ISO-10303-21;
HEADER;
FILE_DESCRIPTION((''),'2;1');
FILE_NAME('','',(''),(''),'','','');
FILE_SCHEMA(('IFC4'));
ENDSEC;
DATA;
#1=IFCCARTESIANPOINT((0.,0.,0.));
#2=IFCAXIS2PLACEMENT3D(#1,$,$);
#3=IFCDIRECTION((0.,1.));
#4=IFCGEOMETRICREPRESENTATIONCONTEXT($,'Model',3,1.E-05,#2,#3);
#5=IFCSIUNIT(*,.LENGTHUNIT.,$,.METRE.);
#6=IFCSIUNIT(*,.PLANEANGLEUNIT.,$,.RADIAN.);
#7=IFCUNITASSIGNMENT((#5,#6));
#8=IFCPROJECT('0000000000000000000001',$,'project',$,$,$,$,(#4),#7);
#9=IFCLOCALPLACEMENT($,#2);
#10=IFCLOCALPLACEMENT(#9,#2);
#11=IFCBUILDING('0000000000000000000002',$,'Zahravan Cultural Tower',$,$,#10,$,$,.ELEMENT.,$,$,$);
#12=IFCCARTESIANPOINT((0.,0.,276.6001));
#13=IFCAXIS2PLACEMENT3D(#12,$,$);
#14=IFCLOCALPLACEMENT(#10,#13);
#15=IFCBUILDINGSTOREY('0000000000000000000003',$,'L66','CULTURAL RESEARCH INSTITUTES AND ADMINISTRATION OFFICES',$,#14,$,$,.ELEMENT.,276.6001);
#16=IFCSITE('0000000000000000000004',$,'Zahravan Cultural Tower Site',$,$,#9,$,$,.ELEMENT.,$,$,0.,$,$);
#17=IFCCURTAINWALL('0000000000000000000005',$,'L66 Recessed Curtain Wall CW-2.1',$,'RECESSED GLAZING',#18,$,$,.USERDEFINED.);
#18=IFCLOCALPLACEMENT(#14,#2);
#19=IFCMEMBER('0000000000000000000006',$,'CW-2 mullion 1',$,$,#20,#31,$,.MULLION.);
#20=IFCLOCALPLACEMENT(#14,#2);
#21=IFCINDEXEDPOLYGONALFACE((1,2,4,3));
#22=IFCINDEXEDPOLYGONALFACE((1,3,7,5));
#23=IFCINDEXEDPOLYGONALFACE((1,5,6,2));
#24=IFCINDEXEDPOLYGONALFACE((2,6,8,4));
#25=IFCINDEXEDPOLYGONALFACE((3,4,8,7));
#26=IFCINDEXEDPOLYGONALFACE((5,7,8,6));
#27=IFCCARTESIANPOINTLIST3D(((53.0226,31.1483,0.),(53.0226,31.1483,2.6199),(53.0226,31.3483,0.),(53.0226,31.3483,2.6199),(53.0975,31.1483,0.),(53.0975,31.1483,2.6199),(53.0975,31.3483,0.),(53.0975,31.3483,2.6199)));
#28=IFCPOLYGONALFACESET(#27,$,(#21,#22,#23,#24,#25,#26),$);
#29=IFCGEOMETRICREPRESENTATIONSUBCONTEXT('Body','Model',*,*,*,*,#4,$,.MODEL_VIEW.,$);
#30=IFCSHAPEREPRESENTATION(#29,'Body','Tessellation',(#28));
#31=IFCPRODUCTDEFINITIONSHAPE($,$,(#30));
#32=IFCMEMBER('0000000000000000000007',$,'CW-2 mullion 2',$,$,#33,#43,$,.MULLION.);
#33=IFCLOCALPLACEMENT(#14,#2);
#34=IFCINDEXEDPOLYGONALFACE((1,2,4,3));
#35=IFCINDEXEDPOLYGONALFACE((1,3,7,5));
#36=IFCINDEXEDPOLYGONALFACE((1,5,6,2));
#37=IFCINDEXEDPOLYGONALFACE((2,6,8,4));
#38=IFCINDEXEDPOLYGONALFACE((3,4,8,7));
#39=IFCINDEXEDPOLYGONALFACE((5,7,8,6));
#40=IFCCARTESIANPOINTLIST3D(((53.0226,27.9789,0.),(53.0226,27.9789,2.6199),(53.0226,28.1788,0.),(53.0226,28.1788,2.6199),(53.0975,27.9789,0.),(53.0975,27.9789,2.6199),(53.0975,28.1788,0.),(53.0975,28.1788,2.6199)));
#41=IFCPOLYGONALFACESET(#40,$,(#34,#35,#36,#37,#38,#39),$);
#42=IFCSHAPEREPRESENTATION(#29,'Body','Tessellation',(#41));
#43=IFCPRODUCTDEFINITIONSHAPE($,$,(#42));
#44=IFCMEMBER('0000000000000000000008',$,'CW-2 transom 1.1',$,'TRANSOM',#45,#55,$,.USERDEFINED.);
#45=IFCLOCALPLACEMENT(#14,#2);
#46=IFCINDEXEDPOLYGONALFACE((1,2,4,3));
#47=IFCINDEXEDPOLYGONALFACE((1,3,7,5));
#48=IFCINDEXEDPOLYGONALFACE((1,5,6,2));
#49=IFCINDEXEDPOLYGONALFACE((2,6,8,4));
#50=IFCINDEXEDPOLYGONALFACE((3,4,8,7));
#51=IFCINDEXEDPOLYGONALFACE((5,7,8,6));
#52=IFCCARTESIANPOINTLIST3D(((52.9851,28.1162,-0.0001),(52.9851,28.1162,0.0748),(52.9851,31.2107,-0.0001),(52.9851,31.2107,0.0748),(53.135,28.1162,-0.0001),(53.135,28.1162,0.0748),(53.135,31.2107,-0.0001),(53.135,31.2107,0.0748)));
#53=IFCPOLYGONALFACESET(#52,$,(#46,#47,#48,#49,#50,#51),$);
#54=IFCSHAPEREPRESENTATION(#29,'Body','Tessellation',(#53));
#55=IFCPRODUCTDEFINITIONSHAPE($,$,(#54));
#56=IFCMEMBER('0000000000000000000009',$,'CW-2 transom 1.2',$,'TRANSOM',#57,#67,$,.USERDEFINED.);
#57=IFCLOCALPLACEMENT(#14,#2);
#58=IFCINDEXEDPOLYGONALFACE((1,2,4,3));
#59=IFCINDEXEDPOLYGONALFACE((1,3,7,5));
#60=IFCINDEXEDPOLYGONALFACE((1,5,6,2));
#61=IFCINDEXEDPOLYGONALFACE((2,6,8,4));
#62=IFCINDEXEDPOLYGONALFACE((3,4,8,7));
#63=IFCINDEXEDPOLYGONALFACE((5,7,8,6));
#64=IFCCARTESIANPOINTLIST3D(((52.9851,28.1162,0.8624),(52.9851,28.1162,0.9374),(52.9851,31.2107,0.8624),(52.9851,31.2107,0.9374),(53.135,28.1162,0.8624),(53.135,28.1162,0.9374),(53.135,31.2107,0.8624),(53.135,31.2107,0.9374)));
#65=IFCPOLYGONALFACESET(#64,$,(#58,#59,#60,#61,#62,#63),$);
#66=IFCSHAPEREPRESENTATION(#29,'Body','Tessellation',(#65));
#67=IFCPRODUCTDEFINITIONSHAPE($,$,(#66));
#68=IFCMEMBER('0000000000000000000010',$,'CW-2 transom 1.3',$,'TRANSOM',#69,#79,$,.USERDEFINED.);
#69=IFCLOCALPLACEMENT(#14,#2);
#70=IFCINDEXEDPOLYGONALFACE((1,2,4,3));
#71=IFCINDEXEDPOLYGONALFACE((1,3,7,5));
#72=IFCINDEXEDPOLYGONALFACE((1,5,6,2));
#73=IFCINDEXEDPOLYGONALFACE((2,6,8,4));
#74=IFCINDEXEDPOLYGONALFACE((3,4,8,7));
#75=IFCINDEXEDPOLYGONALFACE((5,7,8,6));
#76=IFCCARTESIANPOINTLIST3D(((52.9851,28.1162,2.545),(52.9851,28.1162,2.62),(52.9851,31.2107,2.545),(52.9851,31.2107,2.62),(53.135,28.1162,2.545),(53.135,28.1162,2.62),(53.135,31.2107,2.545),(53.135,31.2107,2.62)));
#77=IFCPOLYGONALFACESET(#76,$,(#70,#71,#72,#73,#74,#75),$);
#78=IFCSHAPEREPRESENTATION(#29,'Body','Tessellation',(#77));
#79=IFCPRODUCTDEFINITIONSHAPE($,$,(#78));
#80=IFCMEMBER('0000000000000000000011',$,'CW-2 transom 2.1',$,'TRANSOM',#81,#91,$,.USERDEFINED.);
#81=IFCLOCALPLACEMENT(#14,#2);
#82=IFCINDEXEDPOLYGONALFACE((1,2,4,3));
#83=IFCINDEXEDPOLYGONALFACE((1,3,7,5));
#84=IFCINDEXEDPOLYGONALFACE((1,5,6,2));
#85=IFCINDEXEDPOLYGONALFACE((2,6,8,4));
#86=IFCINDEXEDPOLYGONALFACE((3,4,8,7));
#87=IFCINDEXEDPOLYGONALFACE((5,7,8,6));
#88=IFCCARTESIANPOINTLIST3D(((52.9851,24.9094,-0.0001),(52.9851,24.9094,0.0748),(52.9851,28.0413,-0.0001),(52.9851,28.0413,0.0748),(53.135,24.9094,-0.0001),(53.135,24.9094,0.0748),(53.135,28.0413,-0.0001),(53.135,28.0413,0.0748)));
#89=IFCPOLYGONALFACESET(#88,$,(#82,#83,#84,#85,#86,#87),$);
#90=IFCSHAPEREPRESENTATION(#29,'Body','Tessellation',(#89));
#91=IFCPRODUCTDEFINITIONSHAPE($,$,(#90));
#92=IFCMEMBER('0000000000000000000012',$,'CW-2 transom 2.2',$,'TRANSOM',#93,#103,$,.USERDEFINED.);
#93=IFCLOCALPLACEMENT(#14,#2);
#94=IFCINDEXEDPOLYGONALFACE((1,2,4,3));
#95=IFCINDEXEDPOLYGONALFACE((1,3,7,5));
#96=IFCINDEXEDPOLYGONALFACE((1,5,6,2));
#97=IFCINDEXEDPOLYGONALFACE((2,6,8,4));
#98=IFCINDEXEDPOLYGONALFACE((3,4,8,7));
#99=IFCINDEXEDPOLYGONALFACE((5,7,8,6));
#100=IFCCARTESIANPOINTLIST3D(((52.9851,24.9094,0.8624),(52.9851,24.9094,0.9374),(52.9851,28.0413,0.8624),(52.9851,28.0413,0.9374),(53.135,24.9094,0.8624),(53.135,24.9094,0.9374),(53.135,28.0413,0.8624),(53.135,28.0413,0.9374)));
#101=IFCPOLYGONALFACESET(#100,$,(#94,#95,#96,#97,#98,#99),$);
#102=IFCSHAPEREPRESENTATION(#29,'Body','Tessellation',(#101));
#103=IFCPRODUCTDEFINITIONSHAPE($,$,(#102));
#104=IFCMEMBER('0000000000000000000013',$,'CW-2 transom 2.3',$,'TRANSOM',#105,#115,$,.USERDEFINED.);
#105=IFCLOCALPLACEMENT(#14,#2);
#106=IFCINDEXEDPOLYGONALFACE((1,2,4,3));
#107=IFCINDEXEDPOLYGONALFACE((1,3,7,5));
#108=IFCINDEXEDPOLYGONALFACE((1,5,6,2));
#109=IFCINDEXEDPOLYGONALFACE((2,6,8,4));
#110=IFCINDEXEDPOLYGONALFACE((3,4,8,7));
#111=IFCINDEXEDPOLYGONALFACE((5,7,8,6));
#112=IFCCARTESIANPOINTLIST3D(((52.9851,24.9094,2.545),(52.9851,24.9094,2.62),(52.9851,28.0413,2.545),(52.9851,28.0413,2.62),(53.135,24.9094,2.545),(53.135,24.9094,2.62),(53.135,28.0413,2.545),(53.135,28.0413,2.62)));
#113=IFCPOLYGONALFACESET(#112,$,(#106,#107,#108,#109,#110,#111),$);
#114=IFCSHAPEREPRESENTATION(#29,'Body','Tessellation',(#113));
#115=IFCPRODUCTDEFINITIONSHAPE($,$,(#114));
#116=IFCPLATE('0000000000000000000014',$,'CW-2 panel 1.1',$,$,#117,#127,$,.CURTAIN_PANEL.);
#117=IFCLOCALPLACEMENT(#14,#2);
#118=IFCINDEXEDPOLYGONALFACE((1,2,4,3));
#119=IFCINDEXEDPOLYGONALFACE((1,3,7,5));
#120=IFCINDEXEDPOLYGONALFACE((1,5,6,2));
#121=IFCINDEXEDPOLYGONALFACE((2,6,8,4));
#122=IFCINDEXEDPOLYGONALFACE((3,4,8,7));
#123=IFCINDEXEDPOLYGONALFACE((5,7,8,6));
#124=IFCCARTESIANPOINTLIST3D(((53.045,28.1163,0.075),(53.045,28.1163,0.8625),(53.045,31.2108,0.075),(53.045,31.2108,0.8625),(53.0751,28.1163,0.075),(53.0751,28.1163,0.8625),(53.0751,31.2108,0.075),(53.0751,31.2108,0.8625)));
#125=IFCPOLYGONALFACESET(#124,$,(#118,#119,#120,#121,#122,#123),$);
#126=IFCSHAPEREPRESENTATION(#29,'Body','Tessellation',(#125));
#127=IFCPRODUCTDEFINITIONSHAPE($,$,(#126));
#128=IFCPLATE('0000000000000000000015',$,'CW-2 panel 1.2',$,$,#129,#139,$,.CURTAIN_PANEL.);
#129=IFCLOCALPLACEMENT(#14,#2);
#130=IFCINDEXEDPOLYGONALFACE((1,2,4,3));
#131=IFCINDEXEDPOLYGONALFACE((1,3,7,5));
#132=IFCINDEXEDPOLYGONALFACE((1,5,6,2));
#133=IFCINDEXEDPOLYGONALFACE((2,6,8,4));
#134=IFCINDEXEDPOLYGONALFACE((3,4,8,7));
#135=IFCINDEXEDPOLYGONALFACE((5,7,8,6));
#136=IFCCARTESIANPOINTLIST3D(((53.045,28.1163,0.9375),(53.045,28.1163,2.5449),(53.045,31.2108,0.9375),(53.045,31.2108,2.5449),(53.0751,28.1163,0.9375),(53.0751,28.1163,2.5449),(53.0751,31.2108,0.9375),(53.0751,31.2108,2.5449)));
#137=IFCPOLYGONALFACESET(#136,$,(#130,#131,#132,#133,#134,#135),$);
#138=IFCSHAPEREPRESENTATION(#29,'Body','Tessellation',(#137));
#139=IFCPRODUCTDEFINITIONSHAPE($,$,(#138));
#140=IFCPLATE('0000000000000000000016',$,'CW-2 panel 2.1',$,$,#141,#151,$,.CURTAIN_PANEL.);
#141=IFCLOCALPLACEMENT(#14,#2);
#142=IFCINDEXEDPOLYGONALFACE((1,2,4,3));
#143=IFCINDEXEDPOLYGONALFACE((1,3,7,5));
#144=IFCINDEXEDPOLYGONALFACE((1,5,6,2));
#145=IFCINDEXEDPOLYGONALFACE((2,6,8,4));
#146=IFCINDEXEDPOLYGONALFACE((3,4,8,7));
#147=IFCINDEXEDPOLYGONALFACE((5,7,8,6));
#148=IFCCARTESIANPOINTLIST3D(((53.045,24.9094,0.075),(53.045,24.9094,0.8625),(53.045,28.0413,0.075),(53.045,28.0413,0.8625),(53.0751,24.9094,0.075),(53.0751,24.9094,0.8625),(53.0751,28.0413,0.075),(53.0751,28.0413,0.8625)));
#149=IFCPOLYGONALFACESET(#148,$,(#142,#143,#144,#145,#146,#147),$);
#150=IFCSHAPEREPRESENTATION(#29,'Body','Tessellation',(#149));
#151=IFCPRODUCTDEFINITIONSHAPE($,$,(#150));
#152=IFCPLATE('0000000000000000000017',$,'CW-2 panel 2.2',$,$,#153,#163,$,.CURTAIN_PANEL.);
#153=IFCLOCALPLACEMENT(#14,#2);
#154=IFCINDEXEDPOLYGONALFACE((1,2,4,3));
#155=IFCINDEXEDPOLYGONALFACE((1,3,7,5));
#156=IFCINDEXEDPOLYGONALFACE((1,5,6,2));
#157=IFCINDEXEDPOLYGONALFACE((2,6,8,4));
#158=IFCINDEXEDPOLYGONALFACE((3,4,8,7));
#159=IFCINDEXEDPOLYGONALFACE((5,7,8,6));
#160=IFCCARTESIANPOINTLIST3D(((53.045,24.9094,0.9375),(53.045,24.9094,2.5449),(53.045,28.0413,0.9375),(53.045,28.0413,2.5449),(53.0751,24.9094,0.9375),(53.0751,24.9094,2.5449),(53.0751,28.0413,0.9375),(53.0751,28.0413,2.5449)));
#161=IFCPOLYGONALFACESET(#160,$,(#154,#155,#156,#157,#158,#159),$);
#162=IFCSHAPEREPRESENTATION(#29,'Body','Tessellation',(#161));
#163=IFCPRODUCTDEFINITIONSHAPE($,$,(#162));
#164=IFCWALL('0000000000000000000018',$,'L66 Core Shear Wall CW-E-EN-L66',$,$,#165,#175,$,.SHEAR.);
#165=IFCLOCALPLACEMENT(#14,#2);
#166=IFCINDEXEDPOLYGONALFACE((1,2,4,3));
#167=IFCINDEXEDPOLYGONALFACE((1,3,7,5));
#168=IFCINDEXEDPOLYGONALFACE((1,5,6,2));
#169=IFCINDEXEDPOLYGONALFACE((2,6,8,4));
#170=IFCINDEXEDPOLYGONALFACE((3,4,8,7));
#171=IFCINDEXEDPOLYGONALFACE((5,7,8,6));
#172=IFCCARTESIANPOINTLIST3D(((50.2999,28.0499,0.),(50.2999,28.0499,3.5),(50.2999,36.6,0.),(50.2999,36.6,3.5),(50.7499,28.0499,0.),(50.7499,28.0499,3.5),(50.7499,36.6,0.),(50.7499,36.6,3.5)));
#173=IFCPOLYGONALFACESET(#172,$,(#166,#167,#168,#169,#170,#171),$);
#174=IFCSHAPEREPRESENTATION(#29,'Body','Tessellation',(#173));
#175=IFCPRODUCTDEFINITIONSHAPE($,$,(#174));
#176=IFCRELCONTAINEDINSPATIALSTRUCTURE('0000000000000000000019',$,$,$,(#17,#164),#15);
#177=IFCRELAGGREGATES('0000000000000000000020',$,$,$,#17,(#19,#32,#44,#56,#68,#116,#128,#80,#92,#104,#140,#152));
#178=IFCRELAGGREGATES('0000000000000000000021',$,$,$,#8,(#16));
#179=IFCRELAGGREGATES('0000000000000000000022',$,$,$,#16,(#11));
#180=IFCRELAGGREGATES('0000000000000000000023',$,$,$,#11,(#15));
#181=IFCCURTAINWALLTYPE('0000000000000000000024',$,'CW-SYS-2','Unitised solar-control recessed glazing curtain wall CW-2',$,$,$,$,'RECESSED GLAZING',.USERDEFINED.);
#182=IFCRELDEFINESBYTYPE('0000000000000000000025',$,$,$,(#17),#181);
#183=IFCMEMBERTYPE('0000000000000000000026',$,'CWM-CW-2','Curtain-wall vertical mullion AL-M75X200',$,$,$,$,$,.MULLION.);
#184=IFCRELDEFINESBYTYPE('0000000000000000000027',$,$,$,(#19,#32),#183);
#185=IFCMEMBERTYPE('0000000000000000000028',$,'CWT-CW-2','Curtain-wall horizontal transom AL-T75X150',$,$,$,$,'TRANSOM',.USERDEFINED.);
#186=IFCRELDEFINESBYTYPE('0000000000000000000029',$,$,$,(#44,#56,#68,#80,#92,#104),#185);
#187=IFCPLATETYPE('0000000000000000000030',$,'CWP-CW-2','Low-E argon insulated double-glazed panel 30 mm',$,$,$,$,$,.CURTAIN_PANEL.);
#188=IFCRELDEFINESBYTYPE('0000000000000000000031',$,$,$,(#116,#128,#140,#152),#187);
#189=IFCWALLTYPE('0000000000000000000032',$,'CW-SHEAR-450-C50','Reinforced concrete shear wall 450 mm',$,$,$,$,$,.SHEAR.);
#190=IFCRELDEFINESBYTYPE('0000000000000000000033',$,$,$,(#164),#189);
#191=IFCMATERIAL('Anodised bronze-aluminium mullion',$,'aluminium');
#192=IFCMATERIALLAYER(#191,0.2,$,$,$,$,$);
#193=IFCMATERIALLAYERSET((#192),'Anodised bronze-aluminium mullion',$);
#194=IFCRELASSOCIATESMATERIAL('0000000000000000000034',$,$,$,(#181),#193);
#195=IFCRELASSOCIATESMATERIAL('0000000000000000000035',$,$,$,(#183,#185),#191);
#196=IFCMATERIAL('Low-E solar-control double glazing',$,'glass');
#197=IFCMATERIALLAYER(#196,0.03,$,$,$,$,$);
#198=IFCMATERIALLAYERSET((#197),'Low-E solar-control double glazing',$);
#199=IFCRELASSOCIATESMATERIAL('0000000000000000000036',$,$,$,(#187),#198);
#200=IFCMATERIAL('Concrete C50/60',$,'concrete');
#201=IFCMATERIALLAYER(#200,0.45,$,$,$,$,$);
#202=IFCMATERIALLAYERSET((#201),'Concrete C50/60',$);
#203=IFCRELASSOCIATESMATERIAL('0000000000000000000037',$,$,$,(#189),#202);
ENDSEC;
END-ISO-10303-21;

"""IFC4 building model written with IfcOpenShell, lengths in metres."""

from ifc_helpers import new_model, si_unit, direction, frame, frame_2d, origin, origin_2d, place, context, subcontext, project, spatial, rectangle, extrude, source, transform, mapped, material, layer, layer_set, material_profile, profile_set, type_object, element, aggregate, save


model = new_model("IFC4")

# Units and contexts
model_context = context("Model", 3, precision=1e-05, world=origin(), true_north=direction((0.0, 1.0)))
body_context = subcontext(model_context, "Body", "Model", "MODEL_VIEW")
ifc_project = project(units=[si_unit("LENGTHUNIT", "METRE"), si_unit("PLANEANGLEUNIT", "RADIAN")], contexts=[model_context])

# Site, building, storey
site_placement = place(None, origin())
site = spatial("IfcSite", under=ifc_project, at=site_placement, Name="Zahravan Cultural Tower Site", CompositionType="ELEMENT", RefElevation=0.0)
building_placement = place(site_placement, origin())
building = spatial("IfcBuilding", under=site, at=building_placement, Name="Zahravan Cultural Tower", CompositionType="ELEMENT")
storey_placement = place(building_placement, frame((0.0, 0.0, 276.6001)))
storey = spatial("IfcBuildingStorey", under=building, at=storey_placement, Name="L66", Description="CULTURAL RESEARCH INSTITUTES AND ADMINISTRATION OFFICES", CompositionType="ELEMENT", Elevation=276.6001)

# Curtain wall, members, plates
ifc_material_1 = material(Name="Anodised bronze-aluminium mullion", Category="aluminium")
ifc_layer_1 = layer(ifc_material_1, 0.2)
ifc_layer_set_1 = layer_set([ifc_layer_1], Name="Anodised bronze-aluminium mullion")
curtain_wall_type = type_object("IfcCurtainWallType", Name="CW-SYS-2", Description="Unitised solar-control recessed glazing curtain wall CW-2", ElementType="RECESSED GLAZING", PredefinedType="USERDEFINED", material=ifc_layer_set_1)
curtain_wall_placement = place(storey_placement, origin())
curtain_wall = element("IfcCurtainWall", 1, at=curtain_wall_placement, inside=storey, type_object=curtain_wall_type, Name="L66 Recessed Curtain Wall CW-2.1", ObjectType="RECESSED GLAZING", PredefinedType="USERDEFINED")
ifc_material_profile_1 = material_profile(ifc_material_1, rectangle(XDim=0.075, YDim=0.2, at=origin_2d()), Name="AL-M75X200")
ifc_profile_set_1 = profile_set([ifc_material_profile_1], Name="Anodised bronze-aluminium mullion")
member_type_1 = type_object("IfcMemberType", Name="CWM-CW-2", Description="Curtain-wall vertical mullion AL-M75X200", PredefinedType="MULLION", material=ifc_profile_set_1)
shared_shape_1 = source(origin(), body_context, "Body", "SweptSolid", [
    extrude(rectangle(XDim=0.075, YDim=0.2, at=origin_2d()), origin(), (0.0, 0.0, 1.0), 2.6199),
])
member_1_placement = place(storey_placement, frame((53.0601, 31.2483, 0.0), z_axis=(0.0, 0.0, 1.0), x_axis=(1.0, 0.0, 0.0)))
member_1 = element("IfcMember", 2, at=member_1_placement, type_object=member_type_1, Name="CW-2 mullion 1", PredefinedType="MULLION", context=body_context, shape_type="MappedRepresentation", body=[
    mapped(shared_shape_1, transform((0.0, 0.0, 0.0), x_axis=(1.0, 0.0, 0.0), y_axis=(0.0, 1.0, 0.0), z_axis=(0.0, 0.0, 1.0), scale=1.0)),
])
member_2_placement = place(storey_placement, frame((53.0601, 28.0789, 0.0), z_axis=(0.0, 0.0, 1.0), x_axis=(1.0, 0.0, 0.0)))
member_2 = element("IfcMember", 3, at=member_2_placement, type_object=member_type_1, Name="CW-2 mullion 2", PredefinedType="MULLION", context=body_context, shape_type="MappedRepresentation", body=[
    mapped(shared_shape_1, transform((0.0, 0.0, 0.0), x_axis=(1.0, 0.0, 0.0), y_axis=(0.0, 1.0, 0.0), z_axis=(0.0, 0.0, 1.0), scale=1.0)),
])
ifc_material_profile_2 = material_profile(ifc_material_1, rectangle(XDim=0.1499, YDim=0.075, at=origin_2d()), Name="AL-T75X150")
ifc_profile_set_2 = profile_set([ifc_material_profile_2], Name="Anodised bronze-aluminium mullion")
member_type_2 = type_object("IfcMemberType", Name="CWT-CW-2", Description="Curtain-wall horizontal transom AL-T75X150", ElementType="TRANSOM", PredefinedType="USERDEFINED", material=ifc_profile_set_2)
shared_shape_2 = source(origin(), body_context, "Body", "SweptSolid", [
    extrude(rectangle(XDim=0.1499, YDim=0.075, at=origin_2d()), origin(), (0.0, 0.0, 1.0), 3.0945),
])
member_3_placement = place(storey_placement, frame((53.0601, 31.2107, 0.0374), z_axis=(0.0, -1.0, 0.0), x_axis=(1.0, 0.0, 0.0)))
member_3 = element("IfcMember", 4, at=member_3_placement, type_object=member_type_2, Name="CW-2 transom 1.1", ObjectType="TRANSOM", PredefinedType="USERDEFINED", context=body_context, shape_type="MappedRepresentation", body=[
    mapped(shared_shape_2, transform((0.0, 0.0, 0.0), x_axis=(1.0, 0.0, 0.0), y_axis=(0.0, 1.0, 0.0), z_axis=(0.0, 0.0, 1.0), scale=1.0)),
])
member_4_placement = place(storey_placement, frame((53.0601, 31.2107, 0.8999), z_axis=(0.0, -1.0, 0.0), x_axis=(1.0, 0.0, 0.0)))
member_4 = element("IfcMember", 5, at=member_4_placement, type_object=member_type_2, Name="CW-2 transom 1.2", ObjectType="TRANSOM", PredefinedType="USERDEFINED", context=body_context, shape_type="MappedRepresentation", body=[
    mapped(shared_shape_2, transform((0.0, 0.0, 0.0), x_axis=(1.0, 0.0, 0.0), y_axis=(0.0, 1.0, 0.0), z_axis=(0.0, 0.0, 1.0), scale=1.0)),
])
member_5_placement = place(storey_placement, frame((53.0601, 31.2107, 2.5825), z_axis=(0.0, -1.0, 0.0), x_axis=(1.0, 0.0, 0.0)))
member_5 = element("IfcMember", 6, at=member_5_placement, type_object=member_type_2, Name="CW-2 transom 1.3", ObjectType="TRANSOM", PredefinedType="USERDEFINED", context=body_context, shape_type="MappedRepresentation", body=[
    mapped(shared_shape_2, transform((0.0, 0.0, 0.0), x_axis=(1.0, 0.0, 0.0), y_axis=(0.0, 1.0, 0.0), z_axis=(0.0, 0.0, 1.0), scale=1.0)),
])
shared_shape_3 = source(origin(), body_context, "Body", "SweptSolid", [
    extrude(rectangle(XDim=0.1499, YDim=0.075, at=origin_2d()), origin(), (0.0, 0.0, 1.0), 3.1318),
])
member_6_placement = place(storey_placement, frame((53.0601, 28.0413, 0.0374), z_axis=(0.0, -1.0, 0.0), x_axis=(1.0, 0.0, 0.0)))
member_6 = element("IfcMember", 7, at=member_6_placement, type_object=member_type_2, Name="CW-2 transom 2.1", ObjectType="TRANSOM", PredefinedType="USERDEFINED", context=body_context, shape_type="MappedRepresentation", body=[
    mapped(shared_shape_3, transform((0.0, 0.0, 0.0), x_axis=(1.0, 0.0, 0.0), y_axis=(0.0, 1.0, 0.0), z_axis=(0.0, 0.0, 1.0), scale=1.0)),
])
member_7_placement = place(storey_placement, frame((53.0601, 28.0413, 0.8999), z_axis=(0.0, -1.0, 0.0), x_axis=(1.0, 0.0, 0.0)))
member_7 = element("IfcMember", 8, at=member_7_placement, type_object=member_type_2, Name="CW-2 transom 2.2", ObjectType="TRANSOM", PredefinedType="USERDEFINED", context=body_context, shape_type="MappedRepresentation", body=[
    mapped(shared_shape_3, transform((0.0, 0.0, 0.0), x_axis=(1.0, 0.0, 0.0), y_axis=(0.0, 1.0, 0.0), z_axis=(0.0, 0.0, 1.0), scale=1.0)),
])
member_8_placement = place(storey_placement, frame((53.0601, 28.0413, 2.5825), z_axis=(0.0, -1.0, 0.0), x_axis=(1.0, 0.0, 0.0)))
member_8 = element("IfcMember", 9, at=member_8_placement, type_object=member_type_2, Name="CW-2 transom 2.3", ObjectType="TRANSOM", PredefinedType="USERDEFINED", context=body_context, shape_type="MappedRepresentation", body=[
    mapped(shared_shape_3, transform((0.0, 0.0, 0.0), x_axis=(1.0, 0.0, 0.0), y_axis=(0.0, 1.0, 0.0), z_axis=(0.0, 0.0, 1.0), scale=1.0)),
])
ifc_material_2 = material(Name="Low-E solar-control double glazing", Category="glass")
ifc_layer_2 = layer(ifc_material_2, 0.03)
ifc_layer_set_2 = layer_set([ifc_layer_2], Name="Low-E solar-control double glazing")
plate_type = type_object("IfcPlateType", Name="CWP-CW-2", Description="Low-E argon insulated double-glazed panel 30 mm", PredefinedType="CURTAIN_PANEL", material=ifc_layer_set_2)
shared_shape_4 = source(origin(), body_context, "Body", "SweptSolid", [
    extrude(rectangle(XDim=3.0945, YDim=0.03, at=origin_2d()), origin(), (0.0, 0.0, 1.0), 0.7876),
])
plate_1_placement = place(storey_placement, frame((53.0601, 29.6636, 0.075), z_axis=(0.0, 0.0, 1.0), x_axis=(0.0, -1.0, 0.0)))
plate_1 = element("IfcPlate", 10, at=plate_1_placement, type_object=plate_type, Name="CW-2 panel 1.1", PredefinedType="CURTAIN_PANEL", context=body_context, shape_type="MappedRepresentation", body=[
    mapped(shared_shape_4, transform((0.0, 0.0, 0.0), x_axis=(1.0, 0.0, 0.0), y_axis=(0.0, 1.0, 0.0), z_axis=(0.0, 0.0, 1.0), scale=1.0)),
])
shared_shape_5 = source(origin(), body_context, "Body", "SweptSolid", [
    extrude(rectangle(XDim=3.0945, YDim=0.03, at=origin_2d()), origin(), (0.0, 0.0, 1.0), 1.6074),
])
plate_2_placement = place(storey_placement, frame((53.0601, 29.6636, 0.9375), z_axis=(0.0, 0.0, 1.0), x_axis=(0.0, -1.0, 0.0)))
plate_2 = element("IfcPlate", 11, at=plate_2_placement, type_object=plate_type, Name="CW-2 panel 1.2", PredefinedType="CURTAIN_PANEL", context=body_context, shape_type="MappedRepresentation", body=[
    mapped(shared_shape_5, transform((0.0, 0.0, 0.0), x_axis=(1.0, 0.0, 0.0), y_axis=(0.0, 1.0, 0.0), z_axis=(0.0, 0.0, 1.0), scale=1.0)),
])
shared_shape_6 = source(origin(), body_context, "Body", "SweptSolid", [
    extrude(rectangle(XDim=3.1318, YDim=0.03, at=origin_2d()), origin(), (0.0, 0.0, 1.0), 0.7876),
])
plate_3_placement = place(storey_placement, frame((53.0601, 26.4753, 0.075), z_axis=(0.0, 0.0, 1.0), x_axis=(0.0, -1.0, 0.0)))
plate_3 = element("IfcPlate", 12, at=plate_3_placement, type_object=plate_type, Name="CW-2 panel 2.1", PredefinedType="CURTAIN_PANEL", context=body_context, shape_type="MappedRepresentation", body=[
    mapped(shared_shape_6, transform((0.0, 0.0, 0.0), x_axis=(1.0, 0.0, 0.0), y_axis=(0.0, 1.0, 0.0), z_axis=(0.0, 0.0, 1.0), scale=1.0)),
])
shared_shape_7 = source(origin(), body_context, "Body", "SweptSolid", [
    extrude(rectangle(XDim=3.1318, YDim=0.03, at=origin_2d()), origin(), (0.0, 0.0, 1.0), 1.6074),
])
plate_4_placement = place(storey_placement, frame((53.0601, 26.4753, 0.9375), z_axis=(0.0, 0.0, 1.0), x_axis=(0.0, -1.0, 0.0)))
plate_4 = element("IfcPlate", 13, at=plate_4_placement, type_object=plate_type, Name="CW-2 panel 2.2", PredefinedType="CURTAIN_PANEL", context=body_context, shape_type="MappedRepresentation", body=[
    mapped(shared_shape_7, transform((0.0, 0.0, 0.0), x_axis=(1.0, 0.0, 0.0), y_axis=(0.0, 1.0, 0.0), z_axis=(0.0, 0.0, 1.0), scale=1.0)),
])
aggregate(curtain_wall, [member_1, member_2, member_3, member_4, member_5, plate_1, plate_2, member_6, member_7, member_8, plate_3, plate_4])

# Wall
ifc_material_3 = material(Name="Concrete C50/60", Category="concrete")
ifc_layer_3 = layer(ifc_material_3, 0.45)
ifc_layer_set_3 = layer_set([ifc_layer_3], Name="Concrete C50/60")
wall_type_1 = type_object("IfcWallType", Name="CW-SHEAR-450-C50", Description="Reinforced concrete shear wall 450 mm", PredefinedType="SHEAR", material=ifc_layer_set_3)
shared_shape_8 = source(origin(), body_context, "Body", "SweptSolid", [
    extrude(rectangle(XDim=8.55, YDim=0.45, at=frame_2d((4.2749, 0.0))), origin(), (0.0, 0.0, 1.0), 3.5),
])
wall_1_placement = place(storey_placement, frame((50.5249, 28.05, 0.0), z_axis=(0.0, 0.0, 1.0), x_axis=(0.0, 1.0, 0.0)))
element("IfcWall", 14, at=wall_1_placement, inside=storey, type_object=wall_type_1, Name="L66 Core Shear Wall CW-E-EN-L66", PredefinedType="SHEAR", context=body_context, shape_type="MappedRepresentation", body=[
    mapped(shared_shape_8, transform((0.0, 0.0, 0.0), x_axis=(1.0, 0.0, 0.0), y_axis=(0.0, 1.0, 0.0), z_axis=(0.0, 0.0, 1.0), scale=1.0)),
])

save(model, "model.ifc")
